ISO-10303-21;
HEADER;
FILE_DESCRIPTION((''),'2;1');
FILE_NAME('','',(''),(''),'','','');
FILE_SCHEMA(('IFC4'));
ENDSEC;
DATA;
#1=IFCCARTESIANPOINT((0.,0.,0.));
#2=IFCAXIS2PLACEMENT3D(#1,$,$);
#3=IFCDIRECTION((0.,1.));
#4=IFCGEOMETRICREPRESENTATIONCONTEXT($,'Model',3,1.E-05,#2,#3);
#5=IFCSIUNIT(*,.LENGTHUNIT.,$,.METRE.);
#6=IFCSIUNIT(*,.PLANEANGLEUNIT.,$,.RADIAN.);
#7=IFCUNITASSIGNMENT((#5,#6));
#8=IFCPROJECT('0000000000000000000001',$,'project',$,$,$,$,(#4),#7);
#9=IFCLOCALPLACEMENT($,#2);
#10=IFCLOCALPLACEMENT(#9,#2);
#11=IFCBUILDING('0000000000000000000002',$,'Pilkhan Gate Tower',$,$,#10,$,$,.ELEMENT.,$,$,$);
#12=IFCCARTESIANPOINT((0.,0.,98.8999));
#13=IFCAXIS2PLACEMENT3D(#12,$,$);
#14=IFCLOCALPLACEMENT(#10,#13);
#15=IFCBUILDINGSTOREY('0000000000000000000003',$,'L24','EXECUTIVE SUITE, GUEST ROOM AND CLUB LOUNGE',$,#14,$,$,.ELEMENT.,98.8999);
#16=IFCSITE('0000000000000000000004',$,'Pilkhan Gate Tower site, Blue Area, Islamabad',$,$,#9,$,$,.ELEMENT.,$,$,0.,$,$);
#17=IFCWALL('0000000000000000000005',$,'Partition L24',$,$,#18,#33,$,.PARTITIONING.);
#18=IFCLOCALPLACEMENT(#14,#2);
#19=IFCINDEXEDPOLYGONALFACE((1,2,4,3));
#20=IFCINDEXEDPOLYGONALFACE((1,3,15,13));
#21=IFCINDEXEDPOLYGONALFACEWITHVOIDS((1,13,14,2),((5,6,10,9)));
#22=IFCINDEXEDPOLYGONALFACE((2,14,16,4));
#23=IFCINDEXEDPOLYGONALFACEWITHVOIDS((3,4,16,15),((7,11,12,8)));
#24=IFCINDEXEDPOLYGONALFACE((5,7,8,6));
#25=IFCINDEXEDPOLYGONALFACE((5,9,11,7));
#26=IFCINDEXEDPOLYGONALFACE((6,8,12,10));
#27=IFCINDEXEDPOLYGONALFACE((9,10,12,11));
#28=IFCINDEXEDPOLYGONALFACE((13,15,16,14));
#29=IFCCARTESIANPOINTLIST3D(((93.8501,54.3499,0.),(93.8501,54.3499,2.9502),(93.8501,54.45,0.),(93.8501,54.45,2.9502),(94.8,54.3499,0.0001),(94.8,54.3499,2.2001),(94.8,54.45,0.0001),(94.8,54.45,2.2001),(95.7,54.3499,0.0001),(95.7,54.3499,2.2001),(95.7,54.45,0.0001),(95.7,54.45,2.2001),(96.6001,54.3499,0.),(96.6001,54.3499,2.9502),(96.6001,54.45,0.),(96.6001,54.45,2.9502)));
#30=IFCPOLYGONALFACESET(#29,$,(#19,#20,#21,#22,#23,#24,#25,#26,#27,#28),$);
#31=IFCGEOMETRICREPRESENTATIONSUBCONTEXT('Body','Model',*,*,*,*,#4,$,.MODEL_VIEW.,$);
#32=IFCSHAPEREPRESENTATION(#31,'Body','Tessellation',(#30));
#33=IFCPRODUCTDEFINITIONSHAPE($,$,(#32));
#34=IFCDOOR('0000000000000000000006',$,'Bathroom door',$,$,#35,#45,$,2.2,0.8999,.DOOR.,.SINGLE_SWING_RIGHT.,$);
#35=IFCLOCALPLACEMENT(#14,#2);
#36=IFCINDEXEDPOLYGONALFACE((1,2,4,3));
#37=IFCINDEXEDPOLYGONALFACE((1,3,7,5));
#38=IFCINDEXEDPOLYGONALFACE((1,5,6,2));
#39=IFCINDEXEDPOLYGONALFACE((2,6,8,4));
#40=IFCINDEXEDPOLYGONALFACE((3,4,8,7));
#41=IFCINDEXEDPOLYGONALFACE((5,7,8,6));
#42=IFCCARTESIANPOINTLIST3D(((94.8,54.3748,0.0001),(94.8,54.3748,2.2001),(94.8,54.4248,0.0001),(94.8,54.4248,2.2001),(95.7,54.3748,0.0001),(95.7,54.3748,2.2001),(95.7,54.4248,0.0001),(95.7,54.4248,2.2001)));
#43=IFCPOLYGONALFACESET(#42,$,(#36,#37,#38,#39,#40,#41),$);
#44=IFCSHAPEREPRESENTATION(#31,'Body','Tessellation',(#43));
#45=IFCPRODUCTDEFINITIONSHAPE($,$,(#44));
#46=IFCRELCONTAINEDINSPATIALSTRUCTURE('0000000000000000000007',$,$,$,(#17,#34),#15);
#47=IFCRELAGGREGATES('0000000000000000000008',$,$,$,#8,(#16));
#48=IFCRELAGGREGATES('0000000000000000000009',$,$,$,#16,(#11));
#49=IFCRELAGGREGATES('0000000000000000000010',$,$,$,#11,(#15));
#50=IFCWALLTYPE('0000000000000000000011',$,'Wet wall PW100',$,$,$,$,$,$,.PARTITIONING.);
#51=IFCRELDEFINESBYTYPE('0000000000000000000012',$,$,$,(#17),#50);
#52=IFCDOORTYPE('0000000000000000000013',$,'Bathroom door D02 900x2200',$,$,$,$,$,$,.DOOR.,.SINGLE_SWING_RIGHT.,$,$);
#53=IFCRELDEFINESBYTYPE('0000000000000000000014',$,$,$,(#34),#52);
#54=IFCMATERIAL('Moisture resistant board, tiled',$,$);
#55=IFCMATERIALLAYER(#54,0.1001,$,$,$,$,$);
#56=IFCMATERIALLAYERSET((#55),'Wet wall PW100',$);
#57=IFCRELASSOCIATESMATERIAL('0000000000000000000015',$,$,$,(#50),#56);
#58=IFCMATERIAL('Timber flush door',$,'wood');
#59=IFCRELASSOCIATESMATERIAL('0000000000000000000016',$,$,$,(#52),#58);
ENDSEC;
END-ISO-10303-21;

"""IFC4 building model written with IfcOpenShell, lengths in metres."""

from ifc_helpers import new_model, si_unit, direction, frame, frame_2d, origin, place, context, subcontext, project, spatial, rectangle, extrude, material, layer, layer_set, type_object, element, fill, save


model = new_model("IFC4")

# Units and contexts
model_context = context("Model", 3, precision=1e-05, world=origin(), true_north=direction((0.0, 1.0)))
body_context = subcontext(model_context, "Body", "Model", "MODEL_VIEW")
ifc_project = project(units=[si_unit("LENGTHUNIT", "METRE"), si_unit("PLANEANGLEUNIT", "RADIAN")], contexts=[model_context])

# Site, building, storey
site_placement = place(None, origin())
site = spatial("IfcSite", under=ifc_project, at=site_placement, Name="Pilkhan Gate Tower site, Blue Area, Islamabad", CompositionType="ELEMENT", RefElevation=0.0)
building_placement = place(site_placement, origin())
building = spatial("IfcBuilding", under=site, at=building_placement, Name="Pilkhan Gate Tower", CompositionType="ELEMENT")
storey_placement = place(building_placement, frame((0.0, 0.0, 98.8999)))
storey = spatial("IfcBuildingStorey", under=building, at=storey_placement, Name="L24", Description="EXECUTIVE SUITE, GUEST ROOM AND CLUB LOUNGE", CompositionType="ELEMENT", Elevation=98.8999)

# Wall, opening, door
ifc_material_1 = material(Name="Moisture resistant board, tiled")
ifc_layer_1 = layer(ifc_material_1, 0.1001)
ifc_layer_set_1 = layer_set([ifc_layer_1], Name="Wet wall PW100")
wall_type_1 = type_object("IfcWallType", Name="Wet wall PW100", PredefinedType="PARTITIONING", material=ifc_layer_set_1)
wall_1_placement = place(storey_placement, frame((93.8501, 54.3999, 0.0), z_axis=(0.0, 0.0, 1.0), x_axis=(1.0, 0.0, 0.0)))
wall_1 = element("IfcWall", 1, at=wall_1_placement, inside=storey, type_object=wall_type_1, Name="Partition L24", PredefinedType="PARTITIONING", context=body_context, shape_type="SweptSolid", body=[
    extrude(rectangle(XDim=2.75, YDim=0.1001, at=frame_2d((1.375, 0.0))), origin(), (0.0, 0.0, 1.0), 2.9502),
])
opening_1_placement = place(wall_1_placement, frame((0.95, 0.0, 0.0)))
opening_1 = element("IfcOpeningElement", 2, at=opening_1_placement, cuts=wall_1, PredefinedType="OPENING", context=body_context, shape_type="SweptSolid", body=[
    extrude(rectangle(XDim=0.8999, YDim=2.2, at=frame_2d((0.45, 1.1001))), frame((0.0, 0.0601, 0.0), z_axis=(0.0, -1.0, 0.0), x_axis=(1.0, 0.0, 0.0)), (0.0, 0.0, 1.0), 0.1201),
])
ifc_material_2 = material(Name="Timber flush door", Category="wood")
door_type_1 = type_object("IfcDoorType", Name="Bathroom door D02 900x2200", OperationType="SINGLE_SWING_RIGHT", PredefinedType="DOOR", material=ifc_material_2)
door_1_placement = place(opening_1_placement, origin())
door_1 = element("IfcDoor", 3, at=door_1_placement, inside=storey, type_object=door_type_1, Name="Bathroom door", OperationType="SINGLE_SWING_RIGHT", OverallHeight=2.2, OverallWidth=0.8999, PredefinedType="DOOR", context=body_context, shape_type="SweptSolid", body=[
    extrude(rectangle(XDim=0.8999, YDim=2.2, at=frame_2d((0.45, 1.1001))), frame((0.0, 0.0249, 0.0), z_axis=(0.0, -1.0, 0.0), x_axis=(1.0, 0.0, 0.0)), (0.0, 0.0, 1.0), 0.05),
])
fill(opening_1, door_1)

save(model, "model.ifc")
